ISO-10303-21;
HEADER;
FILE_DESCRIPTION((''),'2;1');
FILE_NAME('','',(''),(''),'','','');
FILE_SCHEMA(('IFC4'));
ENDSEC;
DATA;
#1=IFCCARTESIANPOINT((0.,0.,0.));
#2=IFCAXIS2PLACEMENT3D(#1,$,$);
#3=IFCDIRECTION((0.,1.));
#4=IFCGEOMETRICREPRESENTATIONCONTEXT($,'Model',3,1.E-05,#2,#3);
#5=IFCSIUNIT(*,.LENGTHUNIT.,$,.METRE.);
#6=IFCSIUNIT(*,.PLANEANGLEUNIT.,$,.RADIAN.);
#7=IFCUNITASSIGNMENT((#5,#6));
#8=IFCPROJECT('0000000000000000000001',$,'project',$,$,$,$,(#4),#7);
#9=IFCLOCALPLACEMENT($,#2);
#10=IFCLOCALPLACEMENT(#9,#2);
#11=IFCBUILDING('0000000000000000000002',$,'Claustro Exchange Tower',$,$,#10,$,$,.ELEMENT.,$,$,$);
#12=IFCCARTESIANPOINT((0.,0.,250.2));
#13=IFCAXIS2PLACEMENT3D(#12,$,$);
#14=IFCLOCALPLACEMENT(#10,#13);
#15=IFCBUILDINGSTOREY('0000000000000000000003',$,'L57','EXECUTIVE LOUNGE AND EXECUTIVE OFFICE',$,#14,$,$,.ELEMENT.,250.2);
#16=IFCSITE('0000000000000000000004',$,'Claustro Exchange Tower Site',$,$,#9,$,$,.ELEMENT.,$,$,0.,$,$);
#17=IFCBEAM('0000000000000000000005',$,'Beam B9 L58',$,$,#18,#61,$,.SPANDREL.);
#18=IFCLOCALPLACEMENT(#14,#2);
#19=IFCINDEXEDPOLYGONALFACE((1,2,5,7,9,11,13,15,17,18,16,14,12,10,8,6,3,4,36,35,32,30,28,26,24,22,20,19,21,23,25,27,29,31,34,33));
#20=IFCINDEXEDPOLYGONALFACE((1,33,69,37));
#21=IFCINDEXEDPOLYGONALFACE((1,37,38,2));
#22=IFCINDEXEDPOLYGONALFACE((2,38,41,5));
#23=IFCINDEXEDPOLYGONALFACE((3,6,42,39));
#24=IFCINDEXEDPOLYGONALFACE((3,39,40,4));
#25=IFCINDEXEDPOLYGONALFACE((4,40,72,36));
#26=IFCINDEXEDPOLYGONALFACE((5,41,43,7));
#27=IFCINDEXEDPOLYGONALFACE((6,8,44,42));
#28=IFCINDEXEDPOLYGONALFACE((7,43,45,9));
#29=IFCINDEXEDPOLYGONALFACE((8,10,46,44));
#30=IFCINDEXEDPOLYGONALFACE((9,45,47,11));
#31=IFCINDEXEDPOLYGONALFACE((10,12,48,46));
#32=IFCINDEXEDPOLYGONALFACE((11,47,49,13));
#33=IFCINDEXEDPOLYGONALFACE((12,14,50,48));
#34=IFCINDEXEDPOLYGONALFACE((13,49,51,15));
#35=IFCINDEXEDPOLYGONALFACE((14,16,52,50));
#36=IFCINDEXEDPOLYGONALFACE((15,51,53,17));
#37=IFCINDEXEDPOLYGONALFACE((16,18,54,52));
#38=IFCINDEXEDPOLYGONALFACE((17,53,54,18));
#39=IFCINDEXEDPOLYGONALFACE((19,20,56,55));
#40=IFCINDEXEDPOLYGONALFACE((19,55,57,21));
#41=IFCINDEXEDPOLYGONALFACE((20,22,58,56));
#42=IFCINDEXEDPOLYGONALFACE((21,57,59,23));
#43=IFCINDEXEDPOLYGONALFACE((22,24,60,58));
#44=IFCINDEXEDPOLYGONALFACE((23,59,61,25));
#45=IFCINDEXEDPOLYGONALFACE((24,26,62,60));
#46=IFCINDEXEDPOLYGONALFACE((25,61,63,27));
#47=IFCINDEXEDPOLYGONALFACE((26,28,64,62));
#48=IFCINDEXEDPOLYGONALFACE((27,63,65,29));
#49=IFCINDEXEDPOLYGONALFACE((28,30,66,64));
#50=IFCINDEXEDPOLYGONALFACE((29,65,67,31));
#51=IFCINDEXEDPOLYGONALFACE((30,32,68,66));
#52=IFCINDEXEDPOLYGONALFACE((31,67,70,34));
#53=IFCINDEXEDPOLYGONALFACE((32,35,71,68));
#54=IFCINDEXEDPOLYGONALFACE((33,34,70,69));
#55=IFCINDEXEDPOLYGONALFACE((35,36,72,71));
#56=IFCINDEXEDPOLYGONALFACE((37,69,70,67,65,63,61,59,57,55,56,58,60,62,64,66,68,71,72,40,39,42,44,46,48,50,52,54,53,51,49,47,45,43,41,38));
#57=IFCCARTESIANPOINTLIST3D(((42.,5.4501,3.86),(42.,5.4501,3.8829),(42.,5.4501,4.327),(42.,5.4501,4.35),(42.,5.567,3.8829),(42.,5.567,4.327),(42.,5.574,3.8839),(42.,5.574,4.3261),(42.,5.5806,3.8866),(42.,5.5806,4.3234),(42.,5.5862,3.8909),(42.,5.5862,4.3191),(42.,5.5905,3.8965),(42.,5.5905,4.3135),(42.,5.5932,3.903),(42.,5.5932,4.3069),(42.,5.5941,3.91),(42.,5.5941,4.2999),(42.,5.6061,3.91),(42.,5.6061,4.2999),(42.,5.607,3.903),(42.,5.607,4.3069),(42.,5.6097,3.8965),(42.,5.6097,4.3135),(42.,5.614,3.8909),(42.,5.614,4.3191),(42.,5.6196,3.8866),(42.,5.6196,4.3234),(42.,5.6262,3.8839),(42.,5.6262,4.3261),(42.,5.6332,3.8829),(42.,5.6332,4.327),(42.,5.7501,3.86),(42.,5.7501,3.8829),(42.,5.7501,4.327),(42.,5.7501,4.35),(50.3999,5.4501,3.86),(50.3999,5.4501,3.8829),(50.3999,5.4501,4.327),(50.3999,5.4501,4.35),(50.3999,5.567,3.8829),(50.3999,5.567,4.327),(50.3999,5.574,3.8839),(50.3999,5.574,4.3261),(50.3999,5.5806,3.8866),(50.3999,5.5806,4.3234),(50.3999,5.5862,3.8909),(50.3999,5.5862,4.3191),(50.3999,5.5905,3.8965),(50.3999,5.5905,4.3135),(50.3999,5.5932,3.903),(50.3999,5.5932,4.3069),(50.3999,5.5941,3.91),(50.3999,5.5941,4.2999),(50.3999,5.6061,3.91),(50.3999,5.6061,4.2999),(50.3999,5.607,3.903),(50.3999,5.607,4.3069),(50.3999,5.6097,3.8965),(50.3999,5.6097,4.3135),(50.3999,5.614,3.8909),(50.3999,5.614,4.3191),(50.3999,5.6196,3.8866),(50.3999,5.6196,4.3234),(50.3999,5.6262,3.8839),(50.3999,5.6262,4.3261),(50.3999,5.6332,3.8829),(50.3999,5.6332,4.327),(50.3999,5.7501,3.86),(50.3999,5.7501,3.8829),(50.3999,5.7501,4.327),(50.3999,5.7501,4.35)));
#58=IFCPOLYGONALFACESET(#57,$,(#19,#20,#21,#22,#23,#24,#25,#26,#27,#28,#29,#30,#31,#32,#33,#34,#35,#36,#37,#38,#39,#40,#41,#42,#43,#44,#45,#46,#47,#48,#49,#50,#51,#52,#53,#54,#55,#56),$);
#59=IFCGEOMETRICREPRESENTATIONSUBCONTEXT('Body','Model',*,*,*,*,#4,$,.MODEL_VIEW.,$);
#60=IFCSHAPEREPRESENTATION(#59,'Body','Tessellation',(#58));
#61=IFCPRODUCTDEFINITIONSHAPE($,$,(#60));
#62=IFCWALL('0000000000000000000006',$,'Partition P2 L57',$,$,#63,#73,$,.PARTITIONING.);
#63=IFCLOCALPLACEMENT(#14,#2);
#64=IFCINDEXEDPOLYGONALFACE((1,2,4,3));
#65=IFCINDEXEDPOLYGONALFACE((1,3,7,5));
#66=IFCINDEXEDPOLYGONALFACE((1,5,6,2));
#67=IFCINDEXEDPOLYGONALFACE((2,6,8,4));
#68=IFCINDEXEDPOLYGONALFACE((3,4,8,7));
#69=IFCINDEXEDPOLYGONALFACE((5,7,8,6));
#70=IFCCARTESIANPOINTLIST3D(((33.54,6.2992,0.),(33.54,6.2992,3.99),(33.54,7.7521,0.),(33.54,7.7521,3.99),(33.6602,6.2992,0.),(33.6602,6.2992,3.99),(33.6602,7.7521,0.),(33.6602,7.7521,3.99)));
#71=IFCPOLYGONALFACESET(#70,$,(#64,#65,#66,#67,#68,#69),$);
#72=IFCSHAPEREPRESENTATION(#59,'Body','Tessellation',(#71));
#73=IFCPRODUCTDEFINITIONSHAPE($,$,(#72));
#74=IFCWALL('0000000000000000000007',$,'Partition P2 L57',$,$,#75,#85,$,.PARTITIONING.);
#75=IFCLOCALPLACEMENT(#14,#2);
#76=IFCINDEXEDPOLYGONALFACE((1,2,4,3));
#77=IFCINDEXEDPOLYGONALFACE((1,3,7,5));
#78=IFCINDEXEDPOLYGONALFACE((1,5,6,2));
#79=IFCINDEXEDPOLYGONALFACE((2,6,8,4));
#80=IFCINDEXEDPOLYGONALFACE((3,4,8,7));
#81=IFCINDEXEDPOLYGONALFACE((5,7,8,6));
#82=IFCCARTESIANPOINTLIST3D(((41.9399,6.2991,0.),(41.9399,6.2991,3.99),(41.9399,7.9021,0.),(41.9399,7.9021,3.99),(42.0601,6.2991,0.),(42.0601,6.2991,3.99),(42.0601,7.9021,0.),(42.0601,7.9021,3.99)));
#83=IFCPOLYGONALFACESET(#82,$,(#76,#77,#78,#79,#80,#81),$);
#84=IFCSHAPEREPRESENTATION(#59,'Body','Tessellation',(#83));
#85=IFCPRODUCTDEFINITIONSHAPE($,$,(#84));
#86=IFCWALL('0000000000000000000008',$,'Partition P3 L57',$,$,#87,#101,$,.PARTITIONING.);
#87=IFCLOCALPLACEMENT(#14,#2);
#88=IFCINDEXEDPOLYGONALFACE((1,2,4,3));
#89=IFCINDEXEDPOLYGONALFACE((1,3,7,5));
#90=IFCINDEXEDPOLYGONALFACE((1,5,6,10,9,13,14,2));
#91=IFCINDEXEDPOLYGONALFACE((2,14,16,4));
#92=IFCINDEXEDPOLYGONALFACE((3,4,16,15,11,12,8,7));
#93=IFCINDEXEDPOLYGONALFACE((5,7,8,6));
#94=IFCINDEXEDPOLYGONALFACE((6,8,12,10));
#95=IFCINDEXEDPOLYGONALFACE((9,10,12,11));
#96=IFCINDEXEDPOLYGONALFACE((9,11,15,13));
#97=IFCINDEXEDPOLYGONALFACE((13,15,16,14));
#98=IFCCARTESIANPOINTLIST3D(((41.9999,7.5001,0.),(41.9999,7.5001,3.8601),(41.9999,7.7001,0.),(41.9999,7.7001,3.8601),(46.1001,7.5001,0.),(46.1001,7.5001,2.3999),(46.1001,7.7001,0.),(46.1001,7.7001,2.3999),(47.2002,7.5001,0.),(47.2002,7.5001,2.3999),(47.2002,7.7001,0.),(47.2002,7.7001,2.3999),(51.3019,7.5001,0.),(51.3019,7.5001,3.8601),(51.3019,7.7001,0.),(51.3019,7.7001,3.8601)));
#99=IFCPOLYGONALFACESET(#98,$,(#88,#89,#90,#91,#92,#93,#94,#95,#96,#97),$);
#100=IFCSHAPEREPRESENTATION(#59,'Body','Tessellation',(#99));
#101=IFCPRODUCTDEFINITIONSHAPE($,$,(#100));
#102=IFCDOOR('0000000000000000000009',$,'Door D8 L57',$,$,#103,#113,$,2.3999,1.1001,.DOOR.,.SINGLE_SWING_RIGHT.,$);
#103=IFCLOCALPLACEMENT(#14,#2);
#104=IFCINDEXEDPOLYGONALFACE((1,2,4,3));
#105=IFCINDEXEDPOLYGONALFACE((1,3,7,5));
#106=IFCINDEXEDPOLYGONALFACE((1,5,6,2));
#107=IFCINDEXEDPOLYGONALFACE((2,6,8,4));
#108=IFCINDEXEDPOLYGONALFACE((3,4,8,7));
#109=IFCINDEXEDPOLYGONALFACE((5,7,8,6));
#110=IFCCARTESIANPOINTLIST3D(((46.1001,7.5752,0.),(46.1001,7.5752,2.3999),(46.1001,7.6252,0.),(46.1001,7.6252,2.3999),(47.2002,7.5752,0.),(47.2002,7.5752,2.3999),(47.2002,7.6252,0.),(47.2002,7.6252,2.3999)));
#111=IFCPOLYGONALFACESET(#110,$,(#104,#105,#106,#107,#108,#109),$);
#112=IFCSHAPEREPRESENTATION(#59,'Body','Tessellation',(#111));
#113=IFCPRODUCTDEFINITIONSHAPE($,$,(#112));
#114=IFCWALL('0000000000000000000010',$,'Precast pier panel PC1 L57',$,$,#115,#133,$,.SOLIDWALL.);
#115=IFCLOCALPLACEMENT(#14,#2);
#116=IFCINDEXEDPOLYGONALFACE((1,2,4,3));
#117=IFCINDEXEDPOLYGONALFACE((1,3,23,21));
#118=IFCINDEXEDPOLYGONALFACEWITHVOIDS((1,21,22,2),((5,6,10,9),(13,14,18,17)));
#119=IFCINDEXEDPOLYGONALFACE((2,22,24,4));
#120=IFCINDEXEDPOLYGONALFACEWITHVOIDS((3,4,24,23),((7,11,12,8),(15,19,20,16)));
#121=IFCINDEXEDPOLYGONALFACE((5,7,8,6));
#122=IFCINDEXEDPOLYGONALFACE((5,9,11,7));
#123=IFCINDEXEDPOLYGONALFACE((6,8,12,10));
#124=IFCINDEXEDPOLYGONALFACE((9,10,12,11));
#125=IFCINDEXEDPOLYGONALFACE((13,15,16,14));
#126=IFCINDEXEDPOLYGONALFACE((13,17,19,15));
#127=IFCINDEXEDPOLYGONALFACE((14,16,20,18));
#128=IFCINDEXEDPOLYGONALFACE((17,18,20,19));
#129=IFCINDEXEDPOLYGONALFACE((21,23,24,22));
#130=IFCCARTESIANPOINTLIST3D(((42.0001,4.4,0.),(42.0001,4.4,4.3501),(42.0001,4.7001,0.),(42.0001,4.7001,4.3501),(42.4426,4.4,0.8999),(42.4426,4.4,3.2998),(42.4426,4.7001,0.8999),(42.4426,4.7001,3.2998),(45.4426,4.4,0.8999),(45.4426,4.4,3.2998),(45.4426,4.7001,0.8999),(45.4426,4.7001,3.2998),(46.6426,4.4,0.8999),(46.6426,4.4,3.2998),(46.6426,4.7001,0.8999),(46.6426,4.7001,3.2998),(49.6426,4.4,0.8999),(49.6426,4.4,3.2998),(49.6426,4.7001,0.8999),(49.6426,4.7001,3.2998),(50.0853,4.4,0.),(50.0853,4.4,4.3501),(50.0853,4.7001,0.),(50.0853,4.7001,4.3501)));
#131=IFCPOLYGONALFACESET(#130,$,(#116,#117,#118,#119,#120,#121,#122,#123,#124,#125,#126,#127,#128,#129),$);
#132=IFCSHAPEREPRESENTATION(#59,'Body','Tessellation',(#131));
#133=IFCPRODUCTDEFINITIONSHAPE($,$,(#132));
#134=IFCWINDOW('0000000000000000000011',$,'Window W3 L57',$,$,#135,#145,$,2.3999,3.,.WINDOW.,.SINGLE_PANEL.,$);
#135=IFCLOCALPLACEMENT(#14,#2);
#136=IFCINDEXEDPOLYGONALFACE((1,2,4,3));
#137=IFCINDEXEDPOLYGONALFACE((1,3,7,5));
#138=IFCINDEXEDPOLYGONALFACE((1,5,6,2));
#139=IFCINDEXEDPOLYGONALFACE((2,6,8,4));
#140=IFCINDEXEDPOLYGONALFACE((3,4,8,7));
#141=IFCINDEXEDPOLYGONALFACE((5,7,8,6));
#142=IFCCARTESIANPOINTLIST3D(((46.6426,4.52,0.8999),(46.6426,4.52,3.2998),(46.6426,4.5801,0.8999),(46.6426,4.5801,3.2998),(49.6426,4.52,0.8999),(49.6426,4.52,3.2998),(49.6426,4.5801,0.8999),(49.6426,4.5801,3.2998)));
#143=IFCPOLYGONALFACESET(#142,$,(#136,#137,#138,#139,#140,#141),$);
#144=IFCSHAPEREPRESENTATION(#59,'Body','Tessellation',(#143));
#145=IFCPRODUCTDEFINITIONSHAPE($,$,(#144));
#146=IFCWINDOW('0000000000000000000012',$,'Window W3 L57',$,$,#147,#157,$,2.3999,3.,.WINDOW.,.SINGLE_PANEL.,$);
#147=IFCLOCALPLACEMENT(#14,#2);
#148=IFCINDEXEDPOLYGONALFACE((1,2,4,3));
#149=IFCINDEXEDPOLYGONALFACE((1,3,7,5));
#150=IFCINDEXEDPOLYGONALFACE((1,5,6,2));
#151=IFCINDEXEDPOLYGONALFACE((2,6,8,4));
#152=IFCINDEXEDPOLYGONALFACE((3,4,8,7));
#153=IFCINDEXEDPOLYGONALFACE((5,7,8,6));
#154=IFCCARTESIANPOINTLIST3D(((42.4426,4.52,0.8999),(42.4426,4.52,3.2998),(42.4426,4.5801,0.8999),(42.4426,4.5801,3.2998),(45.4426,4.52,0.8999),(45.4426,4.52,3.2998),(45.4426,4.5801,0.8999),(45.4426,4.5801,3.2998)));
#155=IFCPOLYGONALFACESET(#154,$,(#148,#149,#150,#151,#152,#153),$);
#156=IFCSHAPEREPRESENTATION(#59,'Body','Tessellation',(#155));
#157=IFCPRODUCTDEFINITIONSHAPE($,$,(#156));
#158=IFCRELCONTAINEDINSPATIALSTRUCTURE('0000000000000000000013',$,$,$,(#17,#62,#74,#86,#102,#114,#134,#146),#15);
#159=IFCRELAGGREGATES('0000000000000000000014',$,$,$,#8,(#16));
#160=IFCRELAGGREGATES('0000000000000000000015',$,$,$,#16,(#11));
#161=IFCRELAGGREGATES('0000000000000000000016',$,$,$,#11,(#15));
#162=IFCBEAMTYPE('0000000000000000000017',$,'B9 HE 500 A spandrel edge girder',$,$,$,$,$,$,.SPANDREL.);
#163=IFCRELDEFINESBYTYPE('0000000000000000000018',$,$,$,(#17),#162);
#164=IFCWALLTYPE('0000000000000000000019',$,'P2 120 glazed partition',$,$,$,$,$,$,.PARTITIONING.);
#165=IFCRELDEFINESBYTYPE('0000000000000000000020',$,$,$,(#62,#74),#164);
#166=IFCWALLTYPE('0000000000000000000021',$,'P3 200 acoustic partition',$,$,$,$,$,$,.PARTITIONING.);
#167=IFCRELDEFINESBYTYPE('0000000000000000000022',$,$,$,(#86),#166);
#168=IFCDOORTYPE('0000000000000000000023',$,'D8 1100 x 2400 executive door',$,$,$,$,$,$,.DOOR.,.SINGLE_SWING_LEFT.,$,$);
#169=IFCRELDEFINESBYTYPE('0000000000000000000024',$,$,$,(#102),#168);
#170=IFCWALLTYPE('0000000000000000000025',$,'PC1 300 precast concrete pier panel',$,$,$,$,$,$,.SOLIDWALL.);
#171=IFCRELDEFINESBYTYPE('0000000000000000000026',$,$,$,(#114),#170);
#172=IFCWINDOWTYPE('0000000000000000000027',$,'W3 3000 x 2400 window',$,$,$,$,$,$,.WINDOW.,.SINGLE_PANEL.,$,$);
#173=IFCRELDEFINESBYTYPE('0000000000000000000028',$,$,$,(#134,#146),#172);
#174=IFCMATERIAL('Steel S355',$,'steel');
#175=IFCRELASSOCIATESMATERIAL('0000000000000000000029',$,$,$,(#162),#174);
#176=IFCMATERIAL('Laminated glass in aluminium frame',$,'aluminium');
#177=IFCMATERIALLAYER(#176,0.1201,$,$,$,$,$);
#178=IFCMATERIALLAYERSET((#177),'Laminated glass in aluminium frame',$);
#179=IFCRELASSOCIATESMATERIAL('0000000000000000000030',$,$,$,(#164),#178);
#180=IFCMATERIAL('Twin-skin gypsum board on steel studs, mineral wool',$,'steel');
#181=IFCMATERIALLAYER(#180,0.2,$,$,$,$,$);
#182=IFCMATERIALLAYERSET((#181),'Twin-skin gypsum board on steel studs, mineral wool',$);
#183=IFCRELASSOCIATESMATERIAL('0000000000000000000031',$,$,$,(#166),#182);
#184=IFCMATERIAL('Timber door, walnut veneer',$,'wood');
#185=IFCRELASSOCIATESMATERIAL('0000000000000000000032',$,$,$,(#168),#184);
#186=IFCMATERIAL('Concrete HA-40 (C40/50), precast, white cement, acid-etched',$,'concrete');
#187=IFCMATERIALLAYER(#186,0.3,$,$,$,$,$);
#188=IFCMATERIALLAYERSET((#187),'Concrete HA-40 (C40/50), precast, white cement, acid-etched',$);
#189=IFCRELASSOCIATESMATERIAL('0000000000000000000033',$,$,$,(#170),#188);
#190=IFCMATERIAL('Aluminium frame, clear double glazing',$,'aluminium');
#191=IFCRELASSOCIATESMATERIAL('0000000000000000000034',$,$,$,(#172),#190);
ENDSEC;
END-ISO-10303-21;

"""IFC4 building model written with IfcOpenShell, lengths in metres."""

from ifc_helpers import new_model, si_unit, direction, frame, frame_2d, origin, origin_2d, place, context, subcontext, project, spatial, rectangle, i_section, extrude, material, layer, layer_set, material_profile, profile_set, type_object, element, fill, save


model = new_model("IFC4")

# Units and contexts
model_context = context("Model", 3, precision=1e-05, world=origin(), true_north=direction((0.0, 1.0)))
body_context = subcontext(model_context, "Body", "Model", "MODEL_VIEW")
ifc_project = project(units=[si_unit("LENGTHUNIT", "METRE"), si_unit("PLANEANGLEUNIT", "RADIAN")], contexts=[model_context])

# Site, building, storey
site_placement = place(None, origin())
site = spatial("IfcSite", under=ifc_project, at=site_placement, Name="Claustro Exchange Tower Site", CompositionType="ELEMENT", RefElevation=0.0)
building_placement = place(site_placement, origin())
building = spatial("IfcBuilding", under=site, at=building_placement, Name="Claustro Exchange Tower", CompositionType="ELEMENT")
storey_placement = place(building_placement, frame((0.0, 0.0, 250.2)))
storey = spatial("IfcBuildingStorey", under=building, at=storey_placement, Name="L57", Description="EXECUTIVE LOUNGE AND EXECUTIVE OFFICE", CompositionType="ELEMENT", Elevation=250.2)

# Beam
ifc_material_1 = material(Name="Steel S355", Category="steel")
ifc_material_profile_1 = material_profile(ifc_material_1, i_section(OverallWidth=0.3, OverallDepth=0.49, WebThickness=0.012, FlangeThickness=0.0229, FilletRadius=0.0271, at=origin_2d()), Name="HE 500 A")
ifc_profile_set_1 = profile_set([ifc_material_profile_1], Name="Steel S355")
beam_type_1 = type_object("IfcBeamType", Name="B9 HE 500 A spandrel edge girder", PredefinedType="SPANDREL", material=ifc_profile_set_1)
for number, where, z_axis, x_axis, name in (
    (1, (42.0, 5.6001, 4.105), (1.0, 0.0, 0.0), (0.0, 1.0, 0.0), "Beam B9 L58"),
):
    element("IfcBeam", number, at=place(storey_placement, frame(where, z_axis=z_axis, x_axis=x_axis)), inside=storey, type_object=beam_type_1, Name=name, PredefinedType="SPANDREL", context=body_context, shape_type="SweptSolid", body=[
        extrude(i_section(OverallWidth=0.3, OverallDepth=0.49, WebThickness=0.012, FlangeThickness=0.0229, FilletRadius=0.0271, at=origin_2d()), origin(), (0.0, 0.0, 1.0), 8.3999),
    ])

# Walls
ifc_material_2 = material(Name="Laminated glass in aluminium frame", Category="aluminium")
ifc_layer_1 = layer(ifc_material_2, 0.1201)
ifc_layer_set_1 = layer_set([ifc_layer_1], Name="Laminated glass in aluminium frame")
wall_type_1 = type_object("IfcWallType", Name="P2 120 glazed partition", PredefinedType="PARTITIONING", material=ifc_layer_set_1)
wall_1_placement = place(storey_placement, frame((33.6001, 6.2991, 0.0), z_axis=(0.0, 0.0, 1.0), x_axis=(0.0, 1.0, 0.0)))
element("IfcWall", 2, at=wall_1_placement, inside=storey, type_object=wall_type_1, Name="Partition P2 L57", PredefinedType="PARTITIONING", context=body_context, shape_type="SweptSolid", body=[
    extrude(rectangle(XDim=1.4529, YDim=0.1201, at=frame_2d((0.7266, 0.0))), origin(), (0.0, 0.0, 1.0), 3.99),
])
wall_2_placement = place(storey_placement, frame((42.0, 6.2991, 0.0), z_axis=(0.0, 0.0, 1.0), x_axis=(0.0, 1.0, 0.0)))
element("IfcWall", 3, at=wall_2_placement, inside=storey, type_object=wall_type_1, Name="Partition P2 L57", PredefinedType="PARTITIONING", context=body_context, shape_type="SweptSolid", body=[
    extrude(rectangle(XDim=1.603, YDim=0.1201, at=frame_2d((0.8015, 0.0))), origin(), (0.0, 0.0, 1.0), 3.99),
])

# Wall, opening, door
ifc_material_3 = material(Name="Twin-skin gypsum board on steel studs, mineral wool", Category="steel")
ifc_layer_2 = layer(ifc_material_3, 0.2)
ifc_layer_set_2 = layer_set([ifc_layer_2], Name="Twin-skin gypsum board on steel studs, mineral wool")
wall_type_2 = type_object("IfcWallType", Name="P3 200 acoustic partition", PredefinedType="PARTITIONING", material=ifc_layer_set_2)
wall_3_placement = place(storey_placement, frame((42.0, 7.6001, 0.0), z_axis=(0.0, 0.0, 1.0), x_axis=(1.0, 0.0, 0.0)))
wall_3 = element("IfcWall", 4, at=wall_3_placement, inside=storey, type_object=wall_type_2, Name="Partition P3 L57", PredefinedType="PARTITIONING", context=body_context, shape_type="SweptSolid", body=[
    extrude(rectangle(XDim=9.302, YDim=0.2, at=frame_2d((4.6509, 0.0))), origin(), (0.0, 0.0, 1.0), 3.8601),
])
opening_1_placement = place(wall_3_placement, frame((4.1001, 0.0, 0.0)))
opening_1 = element("IfcOpeningElement", 5, at=opening_1_placement, cuts=wall_3, PredefinedType="OPENING", context=body_context, shape_type="SweptSolid", body=[
    extrude(rectangle(XDim=1.1001, YDim=2.3999, at=frame_2d((0.55, 1.2))), frame((0.0, 0.1099, 0.0), z_axis=(0.0, -1.0, 0.0), x_axis=(1.0, 0.0, 0.0)), (0.0, 0.0, 1.0), 0.22),
])
ifc_material_4 = material(Name="Timber door, walnut veneer", Category="wood")
door_type = type_object("IfcDoorType", Name="D8 1100 x 2400 executive door", OperationType="SINGLE_SWING_LEFT", PredefinedType="DOOR", material=ifc_material_4)
door_placement = place(opening_1_placement, frame((1.1001, 0.0, 0.0), z_axis=(0.0, 0.0, 1.0), x_axis=(-1.0, 0.0, 0.0)))
door = element("IfcDoor", 6, at=door_placement, inside=storey, type_object=door_type, Name="Door D8 L57", OperationType="SINGLE_SWING_RIGHT", OverallHeight=2.3999, OverallWidth=1.1001, PredefinedType="DOOR", context=body_context, shape_type="SweptSolid", body=[
    extrude(rectangle(XDim=1.1001, YDim=2.3999, at=frame_2d((0.55, 1.2))), frame((0.0, 0.0249, 0.0), z_axis=(0.0, -1.0, 0.0), x_axis=(1.0, 0.0, 0.0)), (0.0, 0.0, 1.0), 0.05),
])
fill(opening_1, door)

# Wall, openings, windows
ifc_material_5 = material(Name="Concrete HA-40 (C40/50), precast, white cement, acid-etched", Category="concrete")
ifc_layer_3 = layer(ifc_material_5, 0.3)
ifc_layer_set_3 = layer_set([ifc_layer_3], Name="Concrete HA-40 (C40/50), precast, white cement, acid-etched")
wall_type_3 = type_object("IfcWallType", Name="PC1 300 precast concrete pier panel", PredefinedType="SOLIDWALL", material=ifc_layer_set_3)
wall_4_placement = place(storey_placement, frame((50.0852, 4.55, 0.0), z_axis=(0.0, 0.0, 1.0), x_axis=(-1.0, 0.0, 0.0)))
wall_4 = element("IfcWall", 7, at=wall_4_placement, inside=storey, type_object=wall_type_3, Name="Precast pier panel PC1 L57", PredefinedType="SOLIDWALL", context=body_context, shape_type="SweptSolid", body=[
    extrude(rectangle(XDim=8.0852, YDim=0.3, at=frame_2d((4.0425, 0.0))), origin(), (0.0, 0.0, 1.0), 4.3501),
])
opening_2_placement = place(wall_4_placement, frame((0.4426, 0.0, 0.8999)))
opening_2 = element("IfcOpeningElement", 8, at=opening_2_placement, cuts=wall_4, PredefinedType="OPENING", context=body_context, shape_type="SweptSolid", body=[
    extrude(rectangle(XDim=3.0, YDim=2.3999, at=frame_2d((1.5, 1.2))), frame((0.0, 0.1599, 0.0), z_axis=(0.0, -1.0, 0.0), x_axis=(1.0, 0.0, 0.0)), (0.0, 0.0, 1.0), 0.3201),
])
opening_3_placement = place(wall_4_placement, frame((4.6426, 0.0, 0.8999)))
opening_3 = element("IfcOpeningElement", 9, at=opening_3_placement, cuts=wall_4, PredefinedType="OPENING", context=body_context, shape_type="SweptSolid", body=[
    extrude(rectangle(XDim=3.0, YDim=2.3999, at=frame_2d((1.5, 1.2))), frame((0.0, 0.1599, 0.0), z_axis=(0.0, -1.0, 0.0), x_axis=(1.0, 0.0, 0.0)), (0.0, 0.0, 1.0), 0.3201),
])
ifc_material_6 = material(Name="Aluminium frame, clear double glazing", Category="aluminium")
window_type = type_object("IfcWindowType", Name="W3 3000 x 2400 window", PartitioningType="SINGLE_PANEL", PredefinedType="WINDOW", material=ifc_material_6)
window_1_placement = place(opening_2_placement, origin())
window_1 = element("IfcWindow", 10, at=window_1_placement, inside=storey, type_object=window_type, Name="Window W3 L57", OverallHeight=2.3999, OverallWidth=3.0, PartitioningType="SINGLE_PANEL", PredefinedType="WINDOW", context=body_context, shape_type="SweptSolid", body=[
    extrude(rectangle(XDim=3.0, YDim=2.3999, at=frame_2d((1.5, 1.2))), frame((0.0, 0.03, 0.0), z_axis=(0.0, -1.0, 0.0), x_axis=(1.0, 0.0, 0.0)), (0.0, 0.0, 1.0), 0.0601),
])
fill(opening_2, window_1)
window_2_placement = place(opening_3_placement, origin())
window_2 = element("IfcWindow", 11, at=window_2_placement, inside=storey, type_object=window_type, Name="Window W3 L57", OverallHeight=2.3999, OverallWidth=3.0, PartitioningType="SINGLE_PANEL", PredefinedType="WINDOW", context=body_context, shape_type="SweptSolid", body=[
    extrude(rectangle(XDim=3.0, YDim=2.3999, at=frame_2d((1.5, 1.2))), frame((0.0, 0.03, 0.0), z_axis=(0.0, -1.0, 0.0), x_axis=(1.0, 0.0, 0.0)), (0.0, 0.0, 1.0), 0.0601),
])
fill(opening_3, window_2)

save(model, "model.ifc")
